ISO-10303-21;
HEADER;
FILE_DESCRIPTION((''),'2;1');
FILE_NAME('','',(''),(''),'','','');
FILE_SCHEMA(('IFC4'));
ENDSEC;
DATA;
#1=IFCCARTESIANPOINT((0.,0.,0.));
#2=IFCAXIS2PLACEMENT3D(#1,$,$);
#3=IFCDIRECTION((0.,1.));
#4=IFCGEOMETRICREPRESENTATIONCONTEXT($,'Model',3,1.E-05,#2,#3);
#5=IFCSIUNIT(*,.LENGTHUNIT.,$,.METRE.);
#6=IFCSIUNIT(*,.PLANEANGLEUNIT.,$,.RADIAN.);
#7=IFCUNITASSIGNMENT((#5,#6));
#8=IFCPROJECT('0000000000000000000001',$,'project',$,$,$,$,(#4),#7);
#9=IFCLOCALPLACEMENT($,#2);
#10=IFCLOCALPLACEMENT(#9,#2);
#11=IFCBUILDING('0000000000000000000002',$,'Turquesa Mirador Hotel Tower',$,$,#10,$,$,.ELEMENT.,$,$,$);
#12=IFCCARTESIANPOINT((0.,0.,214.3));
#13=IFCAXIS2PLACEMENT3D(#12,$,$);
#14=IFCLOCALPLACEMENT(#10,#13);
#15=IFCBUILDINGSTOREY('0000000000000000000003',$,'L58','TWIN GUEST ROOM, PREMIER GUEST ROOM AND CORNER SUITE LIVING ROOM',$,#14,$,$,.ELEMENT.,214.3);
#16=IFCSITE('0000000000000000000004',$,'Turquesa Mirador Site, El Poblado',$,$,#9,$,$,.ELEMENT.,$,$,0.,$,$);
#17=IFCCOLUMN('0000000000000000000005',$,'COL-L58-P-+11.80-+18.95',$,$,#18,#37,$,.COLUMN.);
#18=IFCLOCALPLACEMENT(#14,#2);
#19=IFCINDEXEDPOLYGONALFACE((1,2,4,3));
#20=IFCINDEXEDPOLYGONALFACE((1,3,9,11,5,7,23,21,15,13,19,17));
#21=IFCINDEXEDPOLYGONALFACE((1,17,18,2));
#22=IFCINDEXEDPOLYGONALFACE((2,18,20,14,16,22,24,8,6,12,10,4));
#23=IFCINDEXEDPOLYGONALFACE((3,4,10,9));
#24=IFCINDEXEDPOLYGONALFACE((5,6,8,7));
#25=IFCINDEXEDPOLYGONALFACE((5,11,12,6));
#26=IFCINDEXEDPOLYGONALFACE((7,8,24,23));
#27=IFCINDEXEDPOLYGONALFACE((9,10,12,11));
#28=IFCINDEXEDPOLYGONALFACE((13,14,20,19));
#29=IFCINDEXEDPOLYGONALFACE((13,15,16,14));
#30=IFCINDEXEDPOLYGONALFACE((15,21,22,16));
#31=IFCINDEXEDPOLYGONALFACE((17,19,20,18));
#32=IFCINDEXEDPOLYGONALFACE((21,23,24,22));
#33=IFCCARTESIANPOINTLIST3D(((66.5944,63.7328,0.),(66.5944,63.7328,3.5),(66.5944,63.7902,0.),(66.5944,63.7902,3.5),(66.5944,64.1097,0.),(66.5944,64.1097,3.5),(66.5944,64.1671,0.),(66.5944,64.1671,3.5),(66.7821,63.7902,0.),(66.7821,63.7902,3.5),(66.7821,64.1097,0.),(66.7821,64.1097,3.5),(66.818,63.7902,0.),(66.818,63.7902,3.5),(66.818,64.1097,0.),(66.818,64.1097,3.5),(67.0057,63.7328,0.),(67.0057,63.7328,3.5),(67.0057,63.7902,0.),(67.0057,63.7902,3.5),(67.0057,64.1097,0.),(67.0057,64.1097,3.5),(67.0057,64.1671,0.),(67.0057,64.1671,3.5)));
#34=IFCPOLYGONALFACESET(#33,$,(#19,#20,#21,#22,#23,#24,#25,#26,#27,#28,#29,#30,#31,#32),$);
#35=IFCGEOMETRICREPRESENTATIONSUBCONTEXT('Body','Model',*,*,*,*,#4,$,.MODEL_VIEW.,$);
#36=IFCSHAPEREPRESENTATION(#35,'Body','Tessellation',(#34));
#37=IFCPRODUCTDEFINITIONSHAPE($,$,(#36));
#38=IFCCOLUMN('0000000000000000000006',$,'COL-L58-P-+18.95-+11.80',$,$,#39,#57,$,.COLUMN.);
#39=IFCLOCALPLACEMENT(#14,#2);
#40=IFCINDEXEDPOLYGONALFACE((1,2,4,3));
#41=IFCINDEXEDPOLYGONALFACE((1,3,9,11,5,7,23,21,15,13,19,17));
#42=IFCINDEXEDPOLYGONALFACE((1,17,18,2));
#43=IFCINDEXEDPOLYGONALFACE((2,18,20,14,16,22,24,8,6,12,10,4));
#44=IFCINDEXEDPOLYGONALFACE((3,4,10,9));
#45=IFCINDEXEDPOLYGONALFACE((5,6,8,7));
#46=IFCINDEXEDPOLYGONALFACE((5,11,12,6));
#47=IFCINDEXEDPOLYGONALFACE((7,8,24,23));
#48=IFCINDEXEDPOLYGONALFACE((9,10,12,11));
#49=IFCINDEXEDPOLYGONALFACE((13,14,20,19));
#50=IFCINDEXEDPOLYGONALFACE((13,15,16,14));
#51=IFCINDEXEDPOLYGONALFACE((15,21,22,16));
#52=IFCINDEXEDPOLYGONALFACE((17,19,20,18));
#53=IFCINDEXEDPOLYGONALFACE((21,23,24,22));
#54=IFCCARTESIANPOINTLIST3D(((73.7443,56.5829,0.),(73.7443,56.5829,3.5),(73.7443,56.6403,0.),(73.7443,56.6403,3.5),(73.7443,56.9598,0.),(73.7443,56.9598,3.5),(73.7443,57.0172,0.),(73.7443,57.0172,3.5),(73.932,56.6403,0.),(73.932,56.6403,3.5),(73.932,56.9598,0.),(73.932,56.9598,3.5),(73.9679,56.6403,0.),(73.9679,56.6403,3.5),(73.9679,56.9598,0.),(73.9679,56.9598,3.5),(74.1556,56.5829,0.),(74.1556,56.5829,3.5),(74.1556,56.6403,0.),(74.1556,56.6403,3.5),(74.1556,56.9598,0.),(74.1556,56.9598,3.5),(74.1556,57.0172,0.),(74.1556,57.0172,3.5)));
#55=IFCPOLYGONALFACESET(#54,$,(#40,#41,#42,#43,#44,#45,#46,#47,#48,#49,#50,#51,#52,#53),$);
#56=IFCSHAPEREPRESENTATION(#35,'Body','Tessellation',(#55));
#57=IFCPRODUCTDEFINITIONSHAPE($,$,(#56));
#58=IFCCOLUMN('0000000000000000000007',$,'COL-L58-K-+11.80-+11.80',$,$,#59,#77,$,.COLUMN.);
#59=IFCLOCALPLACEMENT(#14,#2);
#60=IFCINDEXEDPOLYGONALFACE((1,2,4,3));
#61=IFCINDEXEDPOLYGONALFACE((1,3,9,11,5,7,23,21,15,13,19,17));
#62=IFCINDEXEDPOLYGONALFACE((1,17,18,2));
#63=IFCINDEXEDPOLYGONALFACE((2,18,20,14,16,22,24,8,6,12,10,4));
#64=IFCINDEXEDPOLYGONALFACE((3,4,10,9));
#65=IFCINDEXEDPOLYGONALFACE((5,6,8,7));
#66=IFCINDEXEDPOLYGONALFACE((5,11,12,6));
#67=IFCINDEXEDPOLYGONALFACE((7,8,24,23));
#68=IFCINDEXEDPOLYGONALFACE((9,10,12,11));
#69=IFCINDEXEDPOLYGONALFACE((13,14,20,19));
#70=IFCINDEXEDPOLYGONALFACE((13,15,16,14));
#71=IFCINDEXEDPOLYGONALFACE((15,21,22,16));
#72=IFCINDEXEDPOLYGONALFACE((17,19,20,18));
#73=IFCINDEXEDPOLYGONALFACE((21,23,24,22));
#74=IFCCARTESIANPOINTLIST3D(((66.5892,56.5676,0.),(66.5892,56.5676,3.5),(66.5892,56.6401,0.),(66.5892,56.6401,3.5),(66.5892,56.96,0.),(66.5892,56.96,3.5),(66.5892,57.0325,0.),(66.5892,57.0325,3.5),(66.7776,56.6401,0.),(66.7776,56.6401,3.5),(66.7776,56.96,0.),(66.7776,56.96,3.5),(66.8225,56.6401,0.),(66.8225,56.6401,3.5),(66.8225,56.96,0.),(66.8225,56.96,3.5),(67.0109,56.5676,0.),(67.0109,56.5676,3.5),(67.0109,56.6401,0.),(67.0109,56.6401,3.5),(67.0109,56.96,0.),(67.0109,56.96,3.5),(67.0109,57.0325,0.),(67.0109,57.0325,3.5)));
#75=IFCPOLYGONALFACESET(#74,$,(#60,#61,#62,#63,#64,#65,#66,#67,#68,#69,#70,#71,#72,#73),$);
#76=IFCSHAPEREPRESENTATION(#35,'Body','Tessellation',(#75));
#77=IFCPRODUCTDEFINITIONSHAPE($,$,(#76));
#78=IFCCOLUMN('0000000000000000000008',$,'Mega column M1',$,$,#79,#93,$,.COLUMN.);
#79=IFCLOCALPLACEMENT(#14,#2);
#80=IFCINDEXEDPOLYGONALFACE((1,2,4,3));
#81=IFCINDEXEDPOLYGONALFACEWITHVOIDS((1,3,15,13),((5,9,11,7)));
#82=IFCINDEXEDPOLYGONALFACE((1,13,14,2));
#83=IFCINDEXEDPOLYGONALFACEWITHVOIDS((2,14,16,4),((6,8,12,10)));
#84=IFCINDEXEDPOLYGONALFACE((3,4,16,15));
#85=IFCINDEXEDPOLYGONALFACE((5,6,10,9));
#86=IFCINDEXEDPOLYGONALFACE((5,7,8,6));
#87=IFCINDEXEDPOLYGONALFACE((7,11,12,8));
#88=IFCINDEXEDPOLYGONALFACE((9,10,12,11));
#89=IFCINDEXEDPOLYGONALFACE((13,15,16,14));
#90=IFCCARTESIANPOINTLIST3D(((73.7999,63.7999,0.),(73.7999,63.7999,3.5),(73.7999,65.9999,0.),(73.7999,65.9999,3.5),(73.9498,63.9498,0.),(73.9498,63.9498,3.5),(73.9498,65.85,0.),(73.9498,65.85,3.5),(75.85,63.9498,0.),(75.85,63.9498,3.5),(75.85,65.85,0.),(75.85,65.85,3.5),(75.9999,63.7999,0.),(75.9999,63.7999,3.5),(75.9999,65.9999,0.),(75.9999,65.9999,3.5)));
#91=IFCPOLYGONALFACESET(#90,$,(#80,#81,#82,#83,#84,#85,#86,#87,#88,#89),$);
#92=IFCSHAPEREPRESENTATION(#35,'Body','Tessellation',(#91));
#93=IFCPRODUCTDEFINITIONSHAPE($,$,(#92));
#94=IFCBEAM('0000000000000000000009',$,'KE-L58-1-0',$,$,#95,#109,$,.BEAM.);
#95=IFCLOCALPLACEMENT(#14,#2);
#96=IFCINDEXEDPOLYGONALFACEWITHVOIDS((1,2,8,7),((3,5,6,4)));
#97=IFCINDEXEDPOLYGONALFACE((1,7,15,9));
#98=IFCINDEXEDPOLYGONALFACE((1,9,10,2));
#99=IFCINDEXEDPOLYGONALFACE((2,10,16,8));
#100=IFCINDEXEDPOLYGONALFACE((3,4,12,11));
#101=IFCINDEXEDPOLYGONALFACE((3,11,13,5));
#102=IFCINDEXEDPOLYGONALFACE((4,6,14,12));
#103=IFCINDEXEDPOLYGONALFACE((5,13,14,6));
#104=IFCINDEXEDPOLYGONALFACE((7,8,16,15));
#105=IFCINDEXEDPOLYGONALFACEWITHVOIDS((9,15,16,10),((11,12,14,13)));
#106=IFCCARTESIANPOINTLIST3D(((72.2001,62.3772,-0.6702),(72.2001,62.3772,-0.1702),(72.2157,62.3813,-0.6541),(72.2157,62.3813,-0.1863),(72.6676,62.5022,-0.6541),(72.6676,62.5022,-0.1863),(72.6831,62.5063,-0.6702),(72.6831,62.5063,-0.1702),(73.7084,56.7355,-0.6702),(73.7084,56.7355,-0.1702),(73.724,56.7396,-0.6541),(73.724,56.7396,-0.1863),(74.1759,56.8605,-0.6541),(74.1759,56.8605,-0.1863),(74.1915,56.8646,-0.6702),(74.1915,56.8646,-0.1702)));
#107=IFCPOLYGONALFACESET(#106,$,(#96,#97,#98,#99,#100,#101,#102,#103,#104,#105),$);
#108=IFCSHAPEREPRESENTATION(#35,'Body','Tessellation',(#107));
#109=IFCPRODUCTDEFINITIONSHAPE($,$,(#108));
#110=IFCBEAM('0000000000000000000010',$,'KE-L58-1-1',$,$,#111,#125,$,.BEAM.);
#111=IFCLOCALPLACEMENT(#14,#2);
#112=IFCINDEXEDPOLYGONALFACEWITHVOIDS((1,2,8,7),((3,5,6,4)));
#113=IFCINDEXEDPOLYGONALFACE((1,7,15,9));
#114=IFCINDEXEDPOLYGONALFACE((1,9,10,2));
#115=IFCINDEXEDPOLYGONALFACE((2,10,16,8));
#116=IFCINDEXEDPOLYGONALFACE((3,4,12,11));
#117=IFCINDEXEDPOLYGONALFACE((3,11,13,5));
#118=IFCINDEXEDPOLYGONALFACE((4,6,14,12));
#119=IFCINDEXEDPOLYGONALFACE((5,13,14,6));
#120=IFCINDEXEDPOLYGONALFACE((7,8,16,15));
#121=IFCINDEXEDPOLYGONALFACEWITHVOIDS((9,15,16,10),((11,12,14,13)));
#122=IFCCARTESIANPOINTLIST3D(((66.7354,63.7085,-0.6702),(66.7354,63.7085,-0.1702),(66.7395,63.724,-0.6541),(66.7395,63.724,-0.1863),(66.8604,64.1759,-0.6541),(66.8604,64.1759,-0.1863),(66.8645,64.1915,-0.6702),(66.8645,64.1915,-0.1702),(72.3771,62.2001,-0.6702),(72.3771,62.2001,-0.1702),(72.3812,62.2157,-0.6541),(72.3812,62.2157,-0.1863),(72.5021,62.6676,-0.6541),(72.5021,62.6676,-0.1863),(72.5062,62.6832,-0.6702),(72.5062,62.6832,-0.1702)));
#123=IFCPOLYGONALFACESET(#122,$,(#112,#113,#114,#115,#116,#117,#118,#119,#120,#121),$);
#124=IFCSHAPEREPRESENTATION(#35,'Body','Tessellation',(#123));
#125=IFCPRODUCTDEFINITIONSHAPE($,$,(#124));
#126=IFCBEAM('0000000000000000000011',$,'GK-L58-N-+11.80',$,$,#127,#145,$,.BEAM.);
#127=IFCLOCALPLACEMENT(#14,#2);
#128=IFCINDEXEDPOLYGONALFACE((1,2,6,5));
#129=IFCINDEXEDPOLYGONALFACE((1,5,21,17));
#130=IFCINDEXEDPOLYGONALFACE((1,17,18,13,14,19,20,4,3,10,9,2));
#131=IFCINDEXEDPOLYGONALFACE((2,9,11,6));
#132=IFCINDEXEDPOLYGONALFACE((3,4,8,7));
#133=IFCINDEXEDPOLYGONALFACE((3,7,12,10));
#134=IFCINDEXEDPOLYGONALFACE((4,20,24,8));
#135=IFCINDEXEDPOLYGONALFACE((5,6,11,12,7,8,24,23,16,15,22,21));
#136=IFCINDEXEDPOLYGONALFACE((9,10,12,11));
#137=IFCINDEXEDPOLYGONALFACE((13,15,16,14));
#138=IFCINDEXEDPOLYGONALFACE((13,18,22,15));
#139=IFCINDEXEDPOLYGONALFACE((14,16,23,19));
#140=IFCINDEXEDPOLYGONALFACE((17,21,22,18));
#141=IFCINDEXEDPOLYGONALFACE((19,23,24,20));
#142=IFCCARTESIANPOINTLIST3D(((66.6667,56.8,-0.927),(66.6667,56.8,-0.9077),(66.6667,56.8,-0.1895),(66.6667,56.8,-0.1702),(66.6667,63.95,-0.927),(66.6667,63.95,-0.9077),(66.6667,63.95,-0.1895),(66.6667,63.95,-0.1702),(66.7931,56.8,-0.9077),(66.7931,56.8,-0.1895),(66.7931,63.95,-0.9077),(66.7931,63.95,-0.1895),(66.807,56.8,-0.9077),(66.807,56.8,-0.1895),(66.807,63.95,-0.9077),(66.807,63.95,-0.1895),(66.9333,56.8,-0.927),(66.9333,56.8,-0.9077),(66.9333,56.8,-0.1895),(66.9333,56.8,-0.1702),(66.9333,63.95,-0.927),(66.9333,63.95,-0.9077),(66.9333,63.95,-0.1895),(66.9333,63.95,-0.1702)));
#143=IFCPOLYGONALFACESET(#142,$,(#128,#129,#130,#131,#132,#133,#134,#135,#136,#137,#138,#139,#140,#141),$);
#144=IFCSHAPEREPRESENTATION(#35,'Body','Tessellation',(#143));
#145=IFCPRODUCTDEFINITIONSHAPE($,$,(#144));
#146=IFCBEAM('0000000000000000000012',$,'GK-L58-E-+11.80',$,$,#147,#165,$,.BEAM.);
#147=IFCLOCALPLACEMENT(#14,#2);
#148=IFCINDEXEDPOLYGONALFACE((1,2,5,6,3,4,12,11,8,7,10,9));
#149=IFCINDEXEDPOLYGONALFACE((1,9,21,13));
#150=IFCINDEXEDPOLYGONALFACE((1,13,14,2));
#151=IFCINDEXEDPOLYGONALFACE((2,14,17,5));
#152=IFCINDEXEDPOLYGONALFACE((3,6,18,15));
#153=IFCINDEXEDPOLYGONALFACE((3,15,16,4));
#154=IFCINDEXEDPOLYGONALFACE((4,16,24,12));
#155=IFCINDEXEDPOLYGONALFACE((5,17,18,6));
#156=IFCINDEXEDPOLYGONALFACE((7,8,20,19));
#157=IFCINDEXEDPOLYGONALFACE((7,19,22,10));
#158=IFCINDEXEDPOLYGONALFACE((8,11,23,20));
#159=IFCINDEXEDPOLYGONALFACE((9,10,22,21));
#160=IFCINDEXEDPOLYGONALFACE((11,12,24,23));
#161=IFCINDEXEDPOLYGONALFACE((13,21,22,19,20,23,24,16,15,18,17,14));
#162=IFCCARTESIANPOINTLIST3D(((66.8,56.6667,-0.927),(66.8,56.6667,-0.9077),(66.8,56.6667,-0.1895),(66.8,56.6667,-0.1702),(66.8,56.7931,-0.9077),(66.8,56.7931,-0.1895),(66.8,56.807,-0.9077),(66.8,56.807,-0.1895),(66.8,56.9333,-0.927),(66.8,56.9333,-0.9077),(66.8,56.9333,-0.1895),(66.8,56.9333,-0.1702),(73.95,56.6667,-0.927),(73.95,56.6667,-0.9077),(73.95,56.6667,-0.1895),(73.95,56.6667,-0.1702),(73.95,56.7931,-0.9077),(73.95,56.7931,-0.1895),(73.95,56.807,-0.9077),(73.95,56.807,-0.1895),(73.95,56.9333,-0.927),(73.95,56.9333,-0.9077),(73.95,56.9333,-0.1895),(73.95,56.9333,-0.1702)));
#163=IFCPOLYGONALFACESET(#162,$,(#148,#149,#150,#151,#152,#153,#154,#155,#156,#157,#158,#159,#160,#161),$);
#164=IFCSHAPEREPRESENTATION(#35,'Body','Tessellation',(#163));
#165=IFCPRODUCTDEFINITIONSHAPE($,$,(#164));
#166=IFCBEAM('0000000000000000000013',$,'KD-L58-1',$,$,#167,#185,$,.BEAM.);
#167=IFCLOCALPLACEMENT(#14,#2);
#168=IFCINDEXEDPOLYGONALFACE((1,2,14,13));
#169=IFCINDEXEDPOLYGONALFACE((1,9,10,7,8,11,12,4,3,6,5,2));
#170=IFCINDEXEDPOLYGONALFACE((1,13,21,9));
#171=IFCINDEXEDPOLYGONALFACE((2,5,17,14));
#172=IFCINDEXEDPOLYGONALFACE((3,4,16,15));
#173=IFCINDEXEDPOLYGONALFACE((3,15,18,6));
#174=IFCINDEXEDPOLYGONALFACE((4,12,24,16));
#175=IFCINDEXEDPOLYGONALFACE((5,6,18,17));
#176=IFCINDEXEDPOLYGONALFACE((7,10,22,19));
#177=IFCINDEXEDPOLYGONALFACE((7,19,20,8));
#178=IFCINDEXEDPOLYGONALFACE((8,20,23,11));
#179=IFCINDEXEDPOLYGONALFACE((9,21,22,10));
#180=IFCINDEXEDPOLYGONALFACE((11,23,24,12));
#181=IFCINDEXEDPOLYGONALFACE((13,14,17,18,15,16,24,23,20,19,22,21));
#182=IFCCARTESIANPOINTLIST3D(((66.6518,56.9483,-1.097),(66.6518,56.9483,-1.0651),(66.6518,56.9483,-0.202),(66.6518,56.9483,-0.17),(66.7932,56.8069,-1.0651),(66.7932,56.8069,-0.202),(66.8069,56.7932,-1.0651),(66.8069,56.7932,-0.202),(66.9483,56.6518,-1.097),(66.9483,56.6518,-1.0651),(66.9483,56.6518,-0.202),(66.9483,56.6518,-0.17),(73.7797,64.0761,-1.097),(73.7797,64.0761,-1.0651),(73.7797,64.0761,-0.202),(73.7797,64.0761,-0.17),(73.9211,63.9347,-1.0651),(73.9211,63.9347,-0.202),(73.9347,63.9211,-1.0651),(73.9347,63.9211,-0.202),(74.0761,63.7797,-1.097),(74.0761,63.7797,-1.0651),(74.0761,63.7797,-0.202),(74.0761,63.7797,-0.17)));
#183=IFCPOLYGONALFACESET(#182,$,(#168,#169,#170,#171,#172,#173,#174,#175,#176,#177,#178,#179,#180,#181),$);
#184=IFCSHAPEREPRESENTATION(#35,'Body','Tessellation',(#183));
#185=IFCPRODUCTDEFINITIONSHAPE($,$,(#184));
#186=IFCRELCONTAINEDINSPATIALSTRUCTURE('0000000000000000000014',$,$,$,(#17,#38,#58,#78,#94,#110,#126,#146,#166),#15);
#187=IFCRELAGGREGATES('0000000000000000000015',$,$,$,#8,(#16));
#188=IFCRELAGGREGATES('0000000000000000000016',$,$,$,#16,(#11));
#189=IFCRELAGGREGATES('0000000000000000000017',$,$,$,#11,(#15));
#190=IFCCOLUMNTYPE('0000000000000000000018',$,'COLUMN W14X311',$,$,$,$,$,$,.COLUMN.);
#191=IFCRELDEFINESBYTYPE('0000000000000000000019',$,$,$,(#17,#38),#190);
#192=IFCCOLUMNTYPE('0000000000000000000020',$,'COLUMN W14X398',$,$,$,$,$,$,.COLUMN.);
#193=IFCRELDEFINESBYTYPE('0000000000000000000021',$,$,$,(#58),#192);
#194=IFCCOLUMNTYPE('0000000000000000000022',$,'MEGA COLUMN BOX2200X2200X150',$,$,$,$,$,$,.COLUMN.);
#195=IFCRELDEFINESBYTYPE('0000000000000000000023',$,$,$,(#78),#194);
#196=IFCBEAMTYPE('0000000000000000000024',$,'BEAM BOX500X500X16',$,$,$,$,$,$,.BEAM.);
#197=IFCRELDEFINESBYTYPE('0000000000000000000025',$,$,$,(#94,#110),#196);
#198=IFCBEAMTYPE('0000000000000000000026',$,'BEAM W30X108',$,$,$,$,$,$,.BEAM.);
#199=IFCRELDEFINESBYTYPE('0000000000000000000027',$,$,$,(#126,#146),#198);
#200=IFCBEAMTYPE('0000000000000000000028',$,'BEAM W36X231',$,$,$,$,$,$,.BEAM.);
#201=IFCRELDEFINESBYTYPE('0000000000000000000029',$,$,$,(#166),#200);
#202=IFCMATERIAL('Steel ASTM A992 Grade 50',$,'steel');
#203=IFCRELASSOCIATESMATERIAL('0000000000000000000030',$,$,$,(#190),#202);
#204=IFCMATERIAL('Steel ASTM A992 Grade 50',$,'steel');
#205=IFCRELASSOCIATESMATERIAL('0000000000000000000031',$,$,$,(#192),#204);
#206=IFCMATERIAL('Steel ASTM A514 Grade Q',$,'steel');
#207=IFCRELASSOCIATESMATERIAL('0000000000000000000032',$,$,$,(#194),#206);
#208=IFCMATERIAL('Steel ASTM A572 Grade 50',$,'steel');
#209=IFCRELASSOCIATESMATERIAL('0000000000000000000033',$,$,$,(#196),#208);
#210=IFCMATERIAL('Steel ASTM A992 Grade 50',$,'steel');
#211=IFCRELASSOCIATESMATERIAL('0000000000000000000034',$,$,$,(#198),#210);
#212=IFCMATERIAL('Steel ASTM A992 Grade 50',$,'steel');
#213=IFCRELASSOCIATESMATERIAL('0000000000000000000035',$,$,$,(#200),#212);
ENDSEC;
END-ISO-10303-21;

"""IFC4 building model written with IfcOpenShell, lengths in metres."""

from ifc_helpers import new_model, si_unit, direction, frame, origin, origin_2d, place, context, subcontext, project, spatial, hollow_rectangle, i_section, extrude, material, material_profile, profile_set, type_object, element, save


model = new_model("IFC4")

# Units and contexts
model_context = context("Model", 3, precision=1e-05, world=origin(), true_north=direction((0.0, 1.0)))
body_context = subcontext(model_context, "Body", "Model", "MODEL_VIEW")
ifc_project = project(units=[si_unit("LENGTHUNIT", "METRE"), si_unit("PLANEANGLEUNIT", "RADIAN")], contexts=[model_context])

# Site, building, storey
site_placement = place(None, origin())
site = spatial("IfcSite", under=ifc_project, at=site_placement, Name="Turquesa Mirador Site, El Poblado", CompositionType="ELEMENT", RefElevation=0.0)
building_placement = place(site_placement, origin())
building = spatial("IfcBuilding", under=site, at=building_placement, Name="Turquesa Mirador Hotel Tower", CompositionType="ELEMENT")
storey_placement = place(building_placement, frame((0.0, 0.0, 214.3)))
storey = spatial("IfcBuildingStorey", under=building, at=storey_placement, Name="L58", Description="TWIN GUEST ROOM, PREMIER GUEST ROOM AND CORNER SUITE LIVING ROOM", CompositionType="ELEMENT", Elevation=214.3)

# Columns
ifc_material_1 = material(Name="Steel ASTM A992 Grade 50", Category="steel")
ifc_material_profile_1 = material_profile(ifc_material_1, i_section(OverallWidth=0.4114, OverallDepth=0.4343, WebThickness=0.0359, FlangeThickness=0.0574, at=origin_2d()), Name="W14X311")
ifc_profile_set_1 = profile_set([ifc_material_profile_1], Name="Steel ASTM A992 Grade 50")
column_type_1 = type_object("IfcColumnType", Name="COLUMN W14X311", PredefinedType="COLUMN", material=ifc_profile_set_1)
for number, where, z_axis, x_axis, name in (
    (1, (66.8, 63.95, 0.0), (0.0, 0.0, 1.0), (1.0, 0.0, 0.0), "COL-L58-P-+11.80-+18.95"),
    (2, (73.95, 56.8, 0.0), (0.0, 0.0, 1.0), (1.0, 0.0, 0.0), "COL-L58-P-+18.95-+11.80"),
):
    element("IfcColumn", number, at=place(storey_placement, frame(where, z_axis=z_axis, x_axis=x_axis)), inside=storey, type_object=column_type_1, Name=name, PredefinedType="COLUMN", context=body_context, shape_type="SweptSolid", body=[
        extrude(i_section(OverallWidth=0.4114, OverallDepth=0.4343, WebThickness=0.0359, FlangeThickness=0.0574, at=origin_2d()), origin(), (0.0, 0.0, 1.0), 3.5),
    ])
ifc_material_2 = material(Name="Steel ASTM A992 Grade 50", Category="steel")
ifc_material_profile_2 = material_profile(ifc_material_2, i_section(OverallWidth=0.4216, OverallDepth=0.4648, WebThickness=0.0449, FlangeThickness=0.0725, at=origin_2d()), Name="W14X398")
ifc_profile_set_2 = profile_set([ifc_material_profile_2], Name="Steel ASTM A992 Grade 50")
column_type_2 = type_object("IfcColumnType", Name="COLUMN W14X398", PredefinedType="COLUMN", material=ifc_profile_set_2)
column_1_placement = place(storey_placement, frame((66.8, 56.8, 0.0), z_axis=(0.0, 0.0, 1.0), x_axis=(1.0, 0.0, 0.0)))
element("IfcColumn", 3, at=column_1_placement, inside=storey, type_object=column_type_2, Name="COL-L58-K-+11.80-+11.80", PredefinedType="COLUMN", context=body_context, shape_type="SweptSolid", body=[
    extrude(i_section(OverallWidth=0.4216, OverallDepth=0.4648, WebThickness=0.0449, FlangeThickness=0.0725, at=origin_2d()), origin(), (0.0, 0.0, 1.0), 3.5),
])
ifc_material_3 = material(Name="Steel ASTM A514 Grade Q", Category="steel")
ifc_material_profile_3 = material_profile(ifc_material_3, hollow_rectangle(XDim=2.2, YDim=2.2, WallThickness=0.1499, at=origin_2d()), Name="BOX2200X2200X150")
ifc_profile_set_3 = profile_set([ifc_material_profile_3], Name="Steel ASTM A514 Grade Q")
column_type_3 = type_object("IfcColumnType", Name="MEGA COLUMN BOX2200X2200X150", PredefinedType="COLUMN", material=ifc_profile_set_3)
column_2_placement = place(storey_placement, frame((74.8999, 64.8999, 0.0), z_axis=(0.0, 0.0, 1.0), x_axis=(1.0, 0.0, 0.0)))
element("IfcColumn", 4, at=column_2_placement, inside=storey, type_object=column_type_3, Name="Mega column M1", PredefinedType="COLUMN", context=body_context, shape_type="SweptSolid", body=[
    extrude(hollow_rectangle(XDim=2.2, YDim=2.2, WallThickness=0.1499, at=origin_2d()), origin(), (0.0, 0.0, 1.0), 3.5),
])

# Beams
ifc_material_4 = material(Name="Steel ASTM A572 Grade 50", Category="steel")
ifc_material_profile_4 = material_profile(ifc_material_4, hollow_rectangle(XDim=0.5, YDim=0.5, WallThickness=0.0161, at=origin_2d()), Name="BOX500X500X16")
ifc_profile_set_4 = profile_set([ifc_material_profile_4], Name="Steel ASTM A572 Grade 50")
beam_type_1 = type_object("IfcBeamType", Name="BEAM BOX500X500X16", PredefinedType="BEAM", material=ifc_profile_set_4)
for number, where, z_axis, x_axis, name in (
    (5, (73.95, 56.8, -0.4202), (-0.258282, 0.96607, 0.0), (-0.96607, -0.258282, 0.0), "KE-L58-1-0"),
    (6, (72.4417, 62.4417, -0.4202), (-0.96607, 0.258282, 0.0), (-0.258282, -0.96607, 0.0), "KE-L58-1-1"),
):
    element("IfcBeam", number, at=place(storey_placement, frame(where, z_axis=z_axis, x_axis=x_axis)), inside=storey, type_object=beam_type_1, Name=name, PredefinedType="BEAM", context=body_context, shape_type="SweptSolid", body=[
        extrude(hollow_rectangle(XDim=0.5, YDim=0.5, WallThickness=0.0161, at=origin_2d()), origin(), (0.0, 0.0, 1.0), 5.8398),
    ])
ifc_material_5 = material(Name="Steel ASTM A992 Grade 50", Category="steel")
ifc_material_profile_5 = material_profile(ifc_material_5, i_section(OverallWidth=0.2666, OverallDepth=0.7568, WebThickness=0.0139, FlangeThickness=0.0193, at=origin_2d()), Name="W30X108")
ifc_profile_set_5 = profile_set([ifc_material_profile_5], Name="Steel ASTM A992 Grade 50")
beam_type_2 = type_object("IfcBeamType", Name="BEAM W30X108", PredefinedType="BEAM", material=ifc_profile_set_5)
for number, where, z_axis, x_axis, name in (
    (7, (66.8, 63.95, -0.5486), (0.0, -1.0, 0.0), (1.0, 0.0, 0.0), "GK-L58-N-+11.80"),
    (8, (73.95, 56.8, -0.5486), (-1.0, 0.0, 0.0), (0.0, -1.0, 0.0), "GK-L58-E-+11.80"),
):
    element("IfcBeam", number, at=place(storey_placement, frame(where, z_axis=z_axis, x_axis=x_axis)), inside=storey, type_object=beam_type_2, Name=name, PredefinedType="BEAM", context=body_context, shape_type="SweptSolid", body=[
        extrude(i_section(OverallWidth=0.2666, OverallDepth=0.7568, WebThickness=0.0139, FlangeThickness=0.0193, at=origin_2d()), origin(), (0.0, 0.0, 1.0), 7.1499),
    ])
ifc_material_6 = material(Name="Steel ASTM A992 Grade 50", Category="steel")
ifc_material_profile_6 = material_profile(ifc_material_6, i_section(OverallWidth=0.4192, OverallDepth=0.927, WebThickness=0.0193, FlangeThickness=0.032, at=origin_2d()), Name="W36X231")
ifc_profile_set_6 = profile_set([ifc_material_profile_6], Name="Steel ASTM A992 Grade 50")
beam_type_3 = type_object("IfcBeamType", Name="BEAM W36X231", PredefinedType="BEAM", material=ifc_profile_set_6)
beam_placement = place(storey_placement, frame((66.8, 56.8, -0.6335), z_axis=(0.707107, 0.707107, 0.0), x_axis=(-0.707107, 0.707107, 0.0)))
element("IfcBeam", 9, at=beam_placement, inside=storey, type_object=beam_type_3, Name="KD-L58-1", PredefinedType="BEAM", context=body_context, shape_type="SweptSolid", body=[
    extrude(i_section(OverallWidth=0.4192, OverallDepth=0.927, WebThickness=0.0193, FlangeThickness=0.032, at=origin_2d()), origin(), (0.0, 0.0, 1.0), 10.0803),
])

save(model, "model.ifc")
